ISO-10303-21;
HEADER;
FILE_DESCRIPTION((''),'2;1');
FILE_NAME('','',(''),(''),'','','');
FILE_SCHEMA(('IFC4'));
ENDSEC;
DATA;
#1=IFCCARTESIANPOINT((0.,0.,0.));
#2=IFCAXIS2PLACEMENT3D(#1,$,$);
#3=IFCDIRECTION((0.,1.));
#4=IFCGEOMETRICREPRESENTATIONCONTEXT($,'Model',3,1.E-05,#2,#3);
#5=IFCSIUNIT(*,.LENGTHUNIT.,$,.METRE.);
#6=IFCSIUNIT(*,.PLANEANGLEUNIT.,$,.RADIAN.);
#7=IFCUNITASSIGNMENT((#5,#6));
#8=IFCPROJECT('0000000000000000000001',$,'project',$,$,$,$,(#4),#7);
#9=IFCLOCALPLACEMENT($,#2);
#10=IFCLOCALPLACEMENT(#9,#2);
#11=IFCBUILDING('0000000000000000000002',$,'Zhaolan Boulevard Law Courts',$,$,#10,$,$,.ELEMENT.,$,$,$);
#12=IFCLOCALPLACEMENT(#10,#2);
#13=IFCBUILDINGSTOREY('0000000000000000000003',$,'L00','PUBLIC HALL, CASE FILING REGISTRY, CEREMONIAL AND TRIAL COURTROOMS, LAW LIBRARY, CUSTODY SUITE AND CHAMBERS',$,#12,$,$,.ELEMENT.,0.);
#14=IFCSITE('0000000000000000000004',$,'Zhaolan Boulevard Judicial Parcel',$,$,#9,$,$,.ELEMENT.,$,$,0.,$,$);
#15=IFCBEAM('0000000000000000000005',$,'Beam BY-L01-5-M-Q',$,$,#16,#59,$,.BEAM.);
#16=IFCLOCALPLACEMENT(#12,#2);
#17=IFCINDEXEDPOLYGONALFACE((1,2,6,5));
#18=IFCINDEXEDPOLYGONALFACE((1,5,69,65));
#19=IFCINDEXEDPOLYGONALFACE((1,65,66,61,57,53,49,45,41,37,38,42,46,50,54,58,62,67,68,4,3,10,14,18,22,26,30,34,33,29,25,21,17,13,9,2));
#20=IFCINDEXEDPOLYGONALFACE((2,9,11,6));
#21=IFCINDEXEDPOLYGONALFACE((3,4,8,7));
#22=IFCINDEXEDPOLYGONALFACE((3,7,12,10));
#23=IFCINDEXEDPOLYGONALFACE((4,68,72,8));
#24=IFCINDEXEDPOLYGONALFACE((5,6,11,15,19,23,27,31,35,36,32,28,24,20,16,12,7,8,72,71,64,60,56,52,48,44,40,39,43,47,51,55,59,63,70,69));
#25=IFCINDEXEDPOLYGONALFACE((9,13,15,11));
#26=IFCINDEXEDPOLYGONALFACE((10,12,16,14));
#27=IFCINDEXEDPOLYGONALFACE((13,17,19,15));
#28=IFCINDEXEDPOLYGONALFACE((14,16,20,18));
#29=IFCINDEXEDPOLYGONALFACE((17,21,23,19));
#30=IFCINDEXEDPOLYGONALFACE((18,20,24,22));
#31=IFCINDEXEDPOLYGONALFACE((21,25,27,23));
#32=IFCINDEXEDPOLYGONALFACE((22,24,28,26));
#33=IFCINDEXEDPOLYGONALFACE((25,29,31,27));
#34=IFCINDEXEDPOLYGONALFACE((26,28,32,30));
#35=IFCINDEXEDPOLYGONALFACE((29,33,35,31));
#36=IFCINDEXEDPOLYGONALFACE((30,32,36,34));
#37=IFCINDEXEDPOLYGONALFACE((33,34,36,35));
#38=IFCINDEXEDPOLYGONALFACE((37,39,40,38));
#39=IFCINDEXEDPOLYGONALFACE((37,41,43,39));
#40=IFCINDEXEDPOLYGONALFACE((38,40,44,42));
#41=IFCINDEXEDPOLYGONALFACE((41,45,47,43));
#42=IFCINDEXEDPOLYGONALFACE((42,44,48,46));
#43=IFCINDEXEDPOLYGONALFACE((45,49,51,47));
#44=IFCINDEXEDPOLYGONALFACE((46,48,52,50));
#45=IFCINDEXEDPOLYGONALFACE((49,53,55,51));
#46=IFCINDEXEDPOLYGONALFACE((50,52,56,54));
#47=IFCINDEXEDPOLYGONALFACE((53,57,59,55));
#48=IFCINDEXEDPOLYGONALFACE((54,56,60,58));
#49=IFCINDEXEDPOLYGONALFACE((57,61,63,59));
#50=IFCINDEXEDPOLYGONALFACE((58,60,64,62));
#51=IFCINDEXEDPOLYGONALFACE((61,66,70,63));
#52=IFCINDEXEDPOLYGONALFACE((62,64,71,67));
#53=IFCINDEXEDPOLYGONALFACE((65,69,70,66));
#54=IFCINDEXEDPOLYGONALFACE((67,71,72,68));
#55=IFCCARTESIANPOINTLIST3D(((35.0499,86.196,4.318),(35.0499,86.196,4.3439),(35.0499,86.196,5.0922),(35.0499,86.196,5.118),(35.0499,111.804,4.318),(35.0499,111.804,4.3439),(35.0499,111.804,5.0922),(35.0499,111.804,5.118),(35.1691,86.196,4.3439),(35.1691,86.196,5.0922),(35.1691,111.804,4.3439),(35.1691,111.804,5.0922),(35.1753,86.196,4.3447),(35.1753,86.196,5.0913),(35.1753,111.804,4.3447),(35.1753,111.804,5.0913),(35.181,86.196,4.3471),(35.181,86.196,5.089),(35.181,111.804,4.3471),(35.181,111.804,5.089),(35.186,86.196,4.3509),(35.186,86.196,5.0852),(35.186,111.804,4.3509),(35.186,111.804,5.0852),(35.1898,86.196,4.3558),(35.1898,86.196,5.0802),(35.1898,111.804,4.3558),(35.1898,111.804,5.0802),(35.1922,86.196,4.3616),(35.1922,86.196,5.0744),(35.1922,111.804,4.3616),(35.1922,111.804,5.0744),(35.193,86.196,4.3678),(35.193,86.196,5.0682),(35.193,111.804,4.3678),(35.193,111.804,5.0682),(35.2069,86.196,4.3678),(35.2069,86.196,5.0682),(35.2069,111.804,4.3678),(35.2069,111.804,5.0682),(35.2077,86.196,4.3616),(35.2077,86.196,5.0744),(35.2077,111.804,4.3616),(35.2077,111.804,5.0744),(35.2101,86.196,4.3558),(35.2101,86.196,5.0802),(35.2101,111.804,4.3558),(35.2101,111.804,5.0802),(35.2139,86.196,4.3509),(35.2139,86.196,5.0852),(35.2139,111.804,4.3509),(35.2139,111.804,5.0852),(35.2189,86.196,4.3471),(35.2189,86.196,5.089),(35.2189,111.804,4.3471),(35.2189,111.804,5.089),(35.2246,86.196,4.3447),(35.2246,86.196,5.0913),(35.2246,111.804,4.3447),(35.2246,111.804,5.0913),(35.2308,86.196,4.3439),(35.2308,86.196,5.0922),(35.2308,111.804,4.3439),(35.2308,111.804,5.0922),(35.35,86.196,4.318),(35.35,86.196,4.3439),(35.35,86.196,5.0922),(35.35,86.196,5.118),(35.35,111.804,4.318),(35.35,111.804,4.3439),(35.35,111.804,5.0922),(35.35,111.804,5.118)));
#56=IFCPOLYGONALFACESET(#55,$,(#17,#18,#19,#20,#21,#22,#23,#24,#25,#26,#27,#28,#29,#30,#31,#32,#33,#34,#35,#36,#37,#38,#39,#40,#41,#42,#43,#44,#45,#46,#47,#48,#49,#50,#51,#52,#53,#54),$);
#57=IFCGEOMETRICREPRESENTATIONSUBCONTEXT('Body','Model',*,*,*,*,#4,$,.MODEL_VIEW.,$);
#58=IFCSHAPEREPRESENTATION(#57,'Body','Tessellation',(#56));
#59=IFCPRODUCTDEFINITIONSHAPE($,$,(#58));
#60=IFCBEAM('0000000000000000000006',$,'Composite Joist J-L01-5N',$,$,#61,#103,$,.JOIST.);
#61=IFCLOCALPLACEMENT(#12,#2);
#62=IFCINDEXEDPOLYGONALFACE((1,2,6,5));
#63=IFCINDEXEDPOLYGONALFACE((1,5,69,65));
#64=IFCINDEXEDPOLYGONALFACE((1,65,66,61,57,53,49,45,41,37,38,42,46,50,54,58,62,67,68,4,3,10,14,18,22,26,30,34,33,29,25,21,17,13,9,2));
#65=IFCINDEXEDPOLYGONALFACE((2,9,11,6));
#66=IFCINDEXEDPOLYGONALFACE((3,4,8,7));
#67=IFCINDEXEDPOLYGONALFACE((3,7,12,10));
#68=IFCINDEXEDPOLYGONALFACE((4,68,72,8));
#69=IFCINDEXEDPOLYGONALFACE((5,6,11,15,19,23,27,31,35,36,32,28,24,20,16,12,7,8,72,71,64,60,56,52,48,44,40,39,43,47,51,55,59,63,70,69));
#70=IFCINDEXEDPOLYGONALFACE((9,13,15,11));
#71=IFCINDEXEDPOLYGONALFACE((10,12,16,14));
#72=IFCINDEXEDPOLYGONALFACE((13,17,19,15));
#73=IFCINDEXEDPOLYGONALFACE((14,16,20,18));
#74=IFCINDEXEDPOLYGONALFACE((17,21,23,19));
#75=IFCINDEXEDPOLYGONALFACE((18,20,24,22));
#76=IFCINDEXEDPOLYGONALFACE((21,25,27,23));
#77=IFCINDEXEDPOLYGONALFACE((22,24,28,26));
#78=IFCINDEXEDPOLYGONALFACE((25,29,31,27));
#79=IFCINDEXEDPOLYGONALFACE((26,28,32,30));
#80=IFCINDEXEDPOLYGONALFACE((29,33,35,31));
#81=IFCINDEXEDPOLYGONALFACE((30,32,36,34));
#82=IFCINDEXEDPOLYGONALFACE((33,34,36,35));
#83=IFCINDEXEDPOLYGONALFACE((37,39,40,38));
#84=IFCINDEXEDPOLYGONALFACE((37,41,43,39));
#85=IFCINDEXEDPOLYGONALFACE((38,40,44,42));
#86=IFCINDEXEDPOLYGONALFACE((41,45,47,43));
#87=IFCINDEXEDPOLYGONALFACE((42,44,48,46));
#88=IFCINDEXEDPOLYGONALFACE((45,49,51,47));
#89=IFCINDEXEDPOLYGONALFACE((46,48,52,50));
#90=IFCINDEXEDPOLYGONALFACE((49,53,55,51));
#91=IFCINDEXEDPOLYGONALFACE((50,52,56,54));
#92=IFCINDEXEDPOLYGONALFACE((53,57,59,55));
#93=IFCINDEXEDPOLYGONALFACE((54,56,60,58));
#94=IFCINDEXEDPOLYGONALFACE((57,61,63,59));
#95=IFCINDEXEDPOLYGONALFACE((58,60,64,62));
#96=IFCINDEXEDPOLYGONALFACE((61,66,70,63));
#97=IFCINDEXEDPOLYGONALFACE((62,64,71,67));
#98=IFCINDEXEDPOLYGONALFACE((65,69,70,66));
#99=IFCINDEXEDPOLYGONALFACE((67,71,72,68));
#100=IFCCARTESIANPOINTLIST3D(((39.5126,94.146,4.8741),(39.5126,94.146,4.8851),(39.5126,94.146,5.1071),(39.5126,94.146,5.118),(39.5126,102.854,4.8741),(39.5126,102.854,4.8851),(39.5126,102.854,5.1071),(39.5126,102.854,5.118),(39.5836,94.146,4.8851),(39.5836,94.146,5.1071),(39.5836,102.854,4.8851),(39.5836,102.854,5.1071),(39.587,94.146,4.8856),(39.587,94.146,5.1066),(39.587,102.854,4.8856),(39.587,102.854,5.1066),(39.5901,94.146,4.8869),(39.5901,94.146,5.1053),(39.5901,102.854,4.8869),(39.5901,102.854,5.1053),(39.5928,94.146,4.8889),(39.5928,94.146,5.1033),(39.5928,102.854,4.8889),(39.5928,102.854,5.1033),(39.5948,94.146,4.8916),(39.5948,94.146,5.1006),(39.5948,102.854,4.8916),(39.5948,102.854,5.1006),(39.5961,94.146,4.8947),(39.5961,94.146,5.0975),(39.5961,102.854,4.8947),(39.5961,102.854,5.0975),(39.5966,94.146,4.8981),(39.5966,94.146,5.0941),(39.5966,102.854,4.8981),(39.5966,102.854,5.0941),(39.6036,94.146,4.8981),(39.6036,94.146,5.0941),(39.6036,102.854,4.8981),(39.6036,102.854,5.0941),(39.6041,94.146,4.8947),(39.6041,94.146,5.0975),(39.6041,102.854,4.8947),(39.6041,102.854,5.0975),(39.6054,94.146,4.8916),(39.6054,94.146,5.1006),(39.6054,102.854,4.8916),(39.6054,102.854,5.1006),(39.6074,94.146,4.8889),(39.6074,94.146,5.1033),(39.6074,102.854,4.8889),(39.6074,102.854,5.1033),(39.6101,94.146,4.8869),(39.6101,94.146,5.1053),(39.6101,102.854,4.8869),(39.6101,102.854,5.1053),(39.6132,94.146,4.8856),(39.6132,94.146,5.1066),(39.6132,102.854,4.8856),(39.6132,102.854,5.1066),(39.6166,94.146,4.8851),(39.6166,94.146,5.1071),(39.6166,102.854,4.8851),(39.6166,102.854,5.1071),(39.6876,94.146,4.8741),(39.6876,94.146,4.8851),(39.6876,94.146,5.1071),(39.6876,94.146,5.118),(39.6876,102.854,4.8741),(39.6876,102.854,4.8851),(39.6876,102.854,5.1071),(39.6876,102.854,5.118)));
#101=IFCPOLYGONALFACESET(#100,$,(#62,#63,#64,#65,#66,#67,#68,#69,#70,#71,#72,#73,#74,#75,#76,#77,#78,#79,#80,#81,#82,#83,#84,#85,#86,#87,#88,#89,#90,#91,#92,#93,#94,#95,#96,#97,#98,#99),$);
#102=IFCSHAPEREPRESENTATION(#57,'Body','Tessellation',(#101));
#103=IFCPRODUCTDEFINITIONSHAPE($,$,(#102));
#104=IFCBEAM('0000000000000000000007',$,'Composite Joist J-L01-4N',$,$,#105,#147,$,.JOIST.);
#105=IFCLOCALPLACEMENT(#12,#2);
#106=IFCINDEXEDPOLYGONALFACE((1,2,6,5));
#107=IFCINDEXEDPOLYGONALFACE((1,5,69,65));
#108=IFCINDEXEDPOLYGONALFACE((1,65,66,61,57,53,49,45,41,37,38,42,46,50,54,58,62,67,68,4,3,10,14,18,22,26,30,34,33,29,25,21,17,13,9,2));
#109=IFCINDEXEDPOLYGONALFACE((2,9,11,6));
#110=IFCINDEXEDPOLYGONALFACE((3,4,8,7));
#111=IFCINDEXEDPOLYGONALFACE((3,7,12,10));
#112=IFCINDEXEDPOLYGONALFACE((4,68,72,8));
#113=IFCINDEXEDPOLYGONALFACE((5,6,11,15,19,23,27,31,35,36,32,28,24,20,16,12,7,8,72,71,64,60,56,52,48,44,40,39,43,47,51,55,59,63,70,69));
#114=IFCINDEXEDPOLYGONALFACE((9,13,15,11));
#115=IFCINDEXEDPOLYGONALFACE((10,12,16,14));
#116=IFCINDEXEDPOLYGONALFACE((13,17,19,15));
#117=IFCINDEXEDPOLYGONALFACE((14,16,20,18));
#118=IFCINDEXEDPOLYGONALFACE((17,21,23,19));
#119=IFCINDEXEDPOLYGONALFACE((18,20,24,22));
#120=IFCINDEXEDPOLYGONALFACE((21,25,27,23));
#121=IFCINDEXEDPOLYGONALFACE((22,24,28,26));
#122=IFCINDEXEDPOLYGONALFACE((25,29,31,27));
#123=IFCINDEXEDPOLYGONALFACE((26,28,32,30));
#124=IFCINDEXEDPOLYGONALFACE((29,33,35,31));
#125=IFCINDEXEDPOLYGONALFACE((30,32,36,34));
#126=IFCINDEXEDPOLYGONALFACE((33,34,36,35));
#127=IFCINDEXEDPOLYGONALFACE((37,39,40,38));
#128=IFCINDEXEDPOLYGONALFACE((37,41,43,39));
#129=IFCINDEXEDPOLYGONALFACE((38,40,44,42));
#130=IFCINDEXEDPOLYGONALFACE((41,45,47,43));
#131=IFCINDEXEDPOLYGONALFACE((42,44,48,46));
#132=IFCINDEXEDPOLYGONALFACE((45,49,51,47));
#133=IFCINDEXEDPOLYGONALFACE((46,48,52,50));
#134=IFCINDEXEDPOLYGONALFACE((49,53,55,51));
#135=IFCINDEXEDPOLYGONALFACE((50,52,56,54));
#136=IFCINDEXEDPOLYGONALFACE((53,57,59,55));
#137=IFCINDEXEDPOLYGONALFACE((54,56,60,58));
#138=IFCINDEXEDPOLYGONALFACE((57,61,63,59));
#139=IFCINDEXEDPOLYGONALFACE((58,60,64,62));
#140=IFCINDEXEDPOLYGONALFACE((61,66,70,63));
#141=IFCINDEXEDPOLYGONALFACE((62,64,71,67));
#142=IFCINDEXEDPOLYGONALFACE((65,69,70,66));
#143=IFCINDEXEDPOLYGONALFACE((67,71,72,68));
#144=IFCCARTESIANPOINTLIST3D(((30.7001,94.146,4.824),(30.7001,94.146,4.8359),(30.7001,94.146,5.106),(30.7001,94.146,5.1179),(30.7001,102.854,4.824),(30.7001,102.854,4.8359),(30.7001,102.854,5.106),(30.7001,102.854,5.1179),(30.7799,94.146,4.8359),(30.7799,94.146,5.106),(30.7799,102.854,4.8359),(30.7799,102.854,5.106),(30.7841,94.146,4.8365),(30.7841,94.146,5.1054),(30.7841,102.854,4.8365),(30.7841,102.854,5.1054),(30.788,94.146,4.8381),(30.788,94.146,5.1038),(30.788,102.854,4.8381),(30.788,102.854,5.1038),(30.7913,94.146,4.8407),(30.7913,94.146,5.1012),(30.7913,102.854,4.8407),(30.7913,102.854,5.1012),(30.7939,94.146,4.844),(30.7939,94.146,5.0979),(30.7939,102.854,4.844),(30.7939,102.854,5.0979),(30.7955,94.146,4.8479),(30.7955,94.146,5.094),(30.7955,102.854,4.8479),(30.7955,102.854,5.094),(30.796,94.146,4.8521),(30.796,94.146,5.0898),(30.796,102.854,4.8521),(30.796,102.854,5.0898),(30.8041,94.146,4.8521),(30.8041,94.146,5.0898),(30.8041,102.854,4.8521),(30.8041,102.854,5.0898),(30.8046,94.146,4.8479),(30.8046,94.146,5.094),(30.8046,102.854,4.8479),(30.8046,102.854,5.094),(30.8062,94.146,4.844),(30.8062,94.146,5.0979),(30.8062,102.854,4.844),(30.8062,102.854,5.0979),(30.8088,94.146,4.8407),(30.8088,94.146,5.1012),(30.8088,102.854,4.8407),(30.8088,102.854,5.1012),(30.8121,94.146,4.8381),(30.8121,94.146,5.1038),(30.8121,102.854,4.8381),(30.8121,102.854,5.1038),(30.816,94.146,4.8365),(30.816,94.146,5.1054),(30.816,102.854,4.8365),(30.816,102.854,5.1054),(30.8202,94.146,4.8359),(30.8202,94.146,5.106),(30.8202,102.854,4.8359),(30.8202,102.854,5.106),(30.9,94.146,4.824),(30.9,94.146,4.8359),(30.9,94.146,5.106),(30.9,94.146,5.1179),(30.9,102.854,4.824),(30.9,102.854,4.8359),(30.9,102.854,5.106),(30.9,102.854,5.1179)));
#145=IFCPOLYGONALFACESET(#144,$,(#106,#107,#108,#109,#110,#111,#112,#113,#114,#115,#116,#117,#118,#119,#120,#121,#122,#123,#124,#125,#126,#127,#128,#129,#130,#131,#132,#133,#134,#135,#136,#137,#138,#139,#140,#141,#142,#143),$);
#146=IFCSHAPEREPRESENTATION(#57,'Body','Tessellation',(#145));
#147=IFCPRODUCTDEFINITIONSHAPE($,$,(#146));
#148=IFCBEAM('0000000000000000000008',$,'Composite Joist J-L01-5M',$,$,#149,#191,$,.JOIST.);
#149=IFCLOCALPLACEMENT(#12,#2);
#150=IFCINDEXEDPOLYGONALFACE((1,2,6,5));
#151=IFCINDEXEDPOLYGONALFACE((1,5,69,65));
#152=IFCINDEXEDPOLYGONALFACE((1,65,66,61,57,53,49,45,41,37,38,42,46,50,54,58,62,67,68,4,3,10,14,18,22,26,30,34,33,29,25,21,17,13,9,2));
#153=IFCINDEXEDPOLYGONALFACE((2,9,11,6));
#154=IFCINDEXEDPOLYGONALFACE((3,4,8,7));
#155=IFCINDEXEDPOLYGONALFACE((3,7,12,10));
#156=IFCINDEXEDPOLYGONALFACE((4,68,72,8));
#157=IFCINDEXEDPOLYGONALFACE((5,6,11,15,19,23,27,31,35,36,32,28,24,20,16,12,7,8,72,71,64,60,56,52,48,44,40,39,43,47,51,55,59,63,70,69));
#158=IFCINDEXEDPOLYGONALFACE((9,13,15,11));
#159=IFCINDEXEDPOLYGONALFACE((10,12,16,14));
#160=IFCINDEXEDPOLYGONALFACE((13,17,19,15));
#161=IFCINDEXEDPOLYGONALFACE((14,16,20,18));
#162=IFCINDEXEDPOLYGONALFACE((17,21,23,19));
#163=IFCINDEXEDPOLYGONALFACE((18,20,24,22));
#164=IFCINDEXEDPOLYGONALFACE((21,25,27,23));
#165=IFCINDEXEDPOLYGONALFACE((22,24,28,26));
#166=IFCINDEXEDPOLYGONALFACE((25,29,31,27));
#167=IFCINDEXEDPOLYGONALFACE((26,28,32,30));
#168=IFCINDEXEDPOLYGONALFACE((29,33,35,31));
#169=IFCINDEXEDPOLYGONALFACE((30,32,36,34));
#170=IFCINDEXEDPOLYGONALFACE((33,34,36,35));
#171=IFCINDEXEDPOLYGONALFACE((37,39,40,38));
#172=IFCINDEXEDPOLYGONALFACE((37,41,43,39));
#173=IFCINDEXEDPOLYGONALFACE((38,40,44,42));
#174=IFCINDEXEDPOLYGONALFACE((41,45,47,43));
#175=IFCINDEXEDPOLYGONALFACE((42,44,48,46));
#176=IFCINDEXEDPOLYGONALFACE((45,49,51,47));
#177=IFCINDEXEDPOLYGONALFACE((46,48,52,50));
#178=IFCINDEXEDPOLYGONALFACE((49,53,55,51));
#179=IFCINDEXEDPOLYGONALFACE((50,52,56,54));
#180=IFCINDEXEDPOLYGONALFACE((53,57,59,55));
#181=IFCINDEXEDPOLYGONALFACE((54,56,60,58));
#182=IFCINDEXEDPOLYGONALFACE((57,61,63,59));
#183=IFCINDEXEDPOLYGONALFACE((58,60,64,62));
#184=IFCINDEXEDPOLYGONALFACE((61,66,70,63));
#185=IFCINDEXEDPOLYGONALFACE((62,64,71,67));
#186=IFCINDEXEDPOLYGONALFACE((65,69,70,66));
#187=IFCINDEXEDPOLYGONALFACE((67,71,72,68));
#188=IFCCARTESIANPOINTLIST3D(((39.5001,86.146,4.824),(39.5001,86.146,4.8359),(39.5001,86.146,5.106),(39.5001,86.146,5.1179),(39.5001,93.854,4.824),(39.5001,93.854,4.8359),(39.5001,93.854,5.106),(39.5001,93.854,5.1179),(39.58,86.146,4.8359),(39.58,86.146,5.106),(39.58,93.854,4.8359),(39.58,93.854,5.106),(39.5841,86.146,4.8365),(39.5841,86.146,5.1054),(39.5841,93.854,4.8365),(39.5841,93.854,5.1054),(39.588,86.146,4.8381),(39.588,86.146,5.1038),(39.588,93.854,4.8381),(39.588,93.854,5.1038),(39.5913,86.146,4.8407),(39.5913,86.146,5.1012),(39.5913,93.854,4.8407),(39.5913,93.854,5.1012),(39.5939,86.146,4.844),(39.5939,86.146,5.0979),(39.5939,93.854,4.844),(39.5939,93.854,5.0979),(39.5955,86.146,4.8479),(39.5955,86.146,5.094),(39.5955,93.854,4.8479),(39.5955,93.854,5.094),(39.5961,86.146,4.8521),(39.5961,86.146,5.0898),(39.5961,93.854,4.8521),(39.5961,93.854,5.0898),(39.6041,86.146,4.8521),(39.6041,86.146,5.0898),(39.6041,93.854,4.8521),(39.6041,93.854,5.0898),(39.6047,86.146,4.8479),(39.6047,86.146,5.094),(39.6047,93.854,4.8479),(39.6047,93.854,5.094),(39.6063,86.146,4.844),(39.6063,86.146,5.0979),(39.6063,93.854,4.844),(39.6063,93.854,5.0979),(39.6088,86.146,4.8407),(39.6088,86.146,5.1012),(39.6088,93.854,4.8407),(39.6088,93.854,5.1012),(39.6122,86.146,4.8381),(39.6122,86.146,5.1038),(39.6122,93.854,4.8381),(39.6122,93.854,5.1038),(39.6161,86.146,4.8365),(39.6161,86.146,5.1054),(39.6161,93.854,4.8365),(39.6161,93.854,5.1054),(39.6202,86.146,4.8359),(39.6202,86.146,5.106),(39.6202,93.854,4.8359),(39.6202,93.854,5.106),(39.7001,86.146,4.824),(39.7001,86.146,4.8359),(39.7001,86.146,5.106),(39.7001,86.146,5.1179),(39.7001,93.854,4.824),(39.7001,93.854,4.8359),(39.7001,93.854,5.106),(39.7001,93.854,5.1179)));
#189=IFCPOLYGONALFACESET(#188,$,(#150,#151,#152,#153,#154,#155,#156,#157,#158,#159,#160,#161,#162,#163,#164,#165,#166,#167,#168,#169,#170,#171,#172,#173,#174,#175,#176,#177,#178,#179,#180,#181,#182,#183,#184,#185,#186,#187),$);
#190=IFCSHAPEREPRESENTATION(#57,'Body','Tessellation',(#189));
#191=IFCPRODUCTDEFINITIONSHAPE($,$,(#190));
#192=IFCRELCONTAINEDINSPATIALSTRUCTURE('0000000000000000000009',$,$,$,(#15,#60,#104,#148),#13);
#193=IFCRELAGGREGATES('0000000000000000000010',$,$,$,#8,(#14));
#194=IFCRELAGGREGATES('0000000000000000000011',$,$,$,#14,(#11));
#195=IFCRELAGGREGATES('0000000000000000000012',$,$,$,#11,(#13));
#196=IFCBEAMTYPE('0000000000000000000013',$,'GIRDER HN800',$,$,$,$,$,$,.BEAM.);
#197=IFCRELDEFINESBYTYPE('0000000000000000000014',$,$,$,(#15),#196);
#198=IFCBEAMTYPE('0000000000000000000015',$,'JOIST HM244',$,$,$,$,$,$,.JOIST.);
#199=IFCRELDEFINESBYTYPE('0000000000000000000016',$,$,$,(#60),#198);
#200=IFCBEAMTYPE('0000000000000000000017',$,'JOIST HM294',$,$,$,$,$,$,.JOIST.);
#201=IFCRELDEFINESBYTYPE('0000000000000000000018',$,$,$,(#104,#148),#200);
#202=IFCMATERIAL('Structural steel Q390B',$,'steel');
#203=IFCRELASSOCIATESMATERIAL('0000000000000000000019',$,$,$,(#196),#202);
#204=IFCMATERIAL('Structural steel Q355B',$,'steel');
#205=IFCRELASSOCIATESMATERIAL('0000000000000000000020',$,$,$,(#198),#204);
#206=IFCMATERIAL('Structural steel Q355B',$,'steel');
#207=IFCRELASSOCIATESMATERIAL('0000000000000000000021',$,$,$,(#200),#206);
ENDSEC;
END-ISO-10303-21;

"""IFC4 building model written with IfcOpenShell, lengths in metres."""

from ifc_helpers import new_model, si_unit, direction, frame, origin, origin_2d, place, context, subcontext, project, spatial, i_section, extrude, material, material_profile, profile_set, type_object, element, save


model = new_model("IFC4")

# Units and contexts
model_context = context("Model", 3, precision=1e-05, world=origin(), true_north=direction((0.0, 1.0)))
body_context = subcontext(model_context, "Body", "Model", "MODEL_VIEW")
ifc_project = project(units=[si_unit("LENGTHUNIT", "METRE"), si_unit("PLANEANGLEUNIT", "RADIAN")], contexts=[model_context])

# Site, building, storey
site_placement = place(None, origin())
site = spatial("IfcSite", under=ifc_project, at=site_placement, Name="Zhaolan Boulevard Judicial Parcel", CompositionType="ELEMENT", RefElevation=0.0)
building_placement = place(site_placement, origin())
building = spatial("IfcBuilding", under=site, at=building_placement, Name="Zhaolan Boulevard Law Courts", CompositionType="ELEMENT")
storey_placement = place(building_placement, origin())
storey = spatial("IfcBuildingStorey", under=building, at=storey_placement, Name="L00", Description="PUBLIC HALL, CASE FILING REGISTRY, CEREMONIAL AND TRIAL COURTROOMS, LAW LIBRARY, CUSTODY SUITE AND CHAMBERS", CompositionType="ELEMENT", Elevation=0.0)

# Beams
ifc_material_1 = material(Name="Structural steel Q390B", Category="steel")
ifc_material_profile_1 = material_profile(ifc_material_1, i_section(OverallWidth=0.3, OverallDepth=0.8, WebThickness=0.0139, FlangeThickness=0.0259, FilletRadius=0.0239, at=origin_2d()), Name="HN800x300")
ifc_profile_set_1 = profile_set([ifc_material_profile_1], Name="Structural steel Q390B")
beam_type_1 = type_object("IfcBeamType", Name="GIRDER HN800", PredefinedType="BEAM", material=ifc_profile_set_1)
beam_1_placement = place(storey_placement, frame((35.2, 86.196, 4.718), z_axis=(0.0, 1.0, 0.0), x_axis=(-1.0, 0.0, 0.0)))
element("IfcBeam", 1, at=beam_1_placement, inside=storey, type_object=beam_type_1, Name="Beam BY-L01-5-M-Q", PredefinedType="BEAM", context=body_context, shape_type="SweptSolid", body=[
    extrude(i_section(OverallWidth=0.3, OverallDepth=0.8, WebThickness=0.0139, FlangeThickness=0.0259, FilletRadius=0.0239, at=origin_2d()), origin(), (0.0, 0.0, 1.0), 25.6079),
])
ifc_material_2 = material(Name="Structural steel Q355B", Category="steel")
ifc_material_profile_2 = material_profile(ifc_material_2, i_section(OverallWidth=0.175, OverallDepth=0.2439, WebThickness=0.0071, FlangeThickness=0.011, FilletRadius=0.0129, at=origin_2d()), Name="HM244x175")
ifc_profile_set_2 = profile_set([ifc_material_profile_2], Name="Structural steel Q355B")
beam_type_2 = type_object("IfcBeamType", Name="JOIST HM244", PredefinedType="JOIST", material=ifc_profile_set_2)
beam_2_placement = place(storey_placement, frame((39.6001, 94.146, 4.9961), z_axis=(0.0, 1.0, 0.0), x_axis=(-1.0, 0.0, 0.0)))
element("IfcBeam", 2, at=beam_2_placement, inside=storey, type_object=beam_type_2, Name="Composite Joist J-L01-5N", PredefinedType="JOIST", context=body_context, shape_type="SweptSolid", body=[
    extrude(i_section(OverallWidth=0.175, OverallDepth=0.2439, WebThickness=0.0071, FlangeThickness=0.011, FilletRadius=0.0129, at=origin_2d()), origin(), (0.0, 0.0, 1.0), 8.708),
])
ifc_material_3 = material(Name="Structural steel Q355B", Category="steel")
ifc_material_profile_3 = material_profile(ifc_material_3, i_section(OverallWidth=0.2, OverallDepth=0.2939, WebThickness=0.0081, FlangeThickness=0.012, FilletRadius=0.0161, at=origin_2d()), Name="HM294x200")
ifc_profile_set_3 = profile_set([ifc_material_profile_3], Name="Structural steel Q355B")
beam_type_3 = type_object("IfcBeamType", Name="JOIST HM294", PredefinedType="JOIST", material=ifc_profile_set_3)
beam_3_placement = place(storey_placement, frame((30.8, 94.146, 4.9709), z_axis=(0.0, 1.0, 0.0), x_axis=(-1.0, 0.0, 0.0)))
element("IfcBeam", 3, at=beam_3_placement, inside=storey, type_object=beam_type_3, Name="Composite Joist J-L01-4N", PredefinedType="JOIST", context=body_context, shape_type="SweptSolid", body=[
    extrude(i_section(OverallWidth=0.2, OverallDepth=0.2939, WebThickness=0.0081, FlangeThickness=0.012, FilletRadius=0.0161, at=origin_2d()), origin(), (0.0, 0.0, 1.0), 8.708),
])
beam_4_placement = place(storey_placement, frame((39.6001, 86.146, 4.9709), z_axis=(0.0, 1.0, 0.0), x_axis=(-1.0, 0.0, 0.0)))
element("IfcBeam", 4, at=beam_4_placement, inside=storey, type_object=beam_type_3, Name="Composite Joist J-L01-5M", PredefinedType="JOIST", context=body_context, shape_type="SweptSolid", body=[
    extrude(i_section(OverallWidth=0.2, OverallDepth=0.2939, WebThickness=0.0081, FlangeThickness=0.012, FilletRadius=0.0161, at=origin_2d()), origin(), (0.0, 0.0, 1.0), 7.708),
])

save(model, "model.ifc")
